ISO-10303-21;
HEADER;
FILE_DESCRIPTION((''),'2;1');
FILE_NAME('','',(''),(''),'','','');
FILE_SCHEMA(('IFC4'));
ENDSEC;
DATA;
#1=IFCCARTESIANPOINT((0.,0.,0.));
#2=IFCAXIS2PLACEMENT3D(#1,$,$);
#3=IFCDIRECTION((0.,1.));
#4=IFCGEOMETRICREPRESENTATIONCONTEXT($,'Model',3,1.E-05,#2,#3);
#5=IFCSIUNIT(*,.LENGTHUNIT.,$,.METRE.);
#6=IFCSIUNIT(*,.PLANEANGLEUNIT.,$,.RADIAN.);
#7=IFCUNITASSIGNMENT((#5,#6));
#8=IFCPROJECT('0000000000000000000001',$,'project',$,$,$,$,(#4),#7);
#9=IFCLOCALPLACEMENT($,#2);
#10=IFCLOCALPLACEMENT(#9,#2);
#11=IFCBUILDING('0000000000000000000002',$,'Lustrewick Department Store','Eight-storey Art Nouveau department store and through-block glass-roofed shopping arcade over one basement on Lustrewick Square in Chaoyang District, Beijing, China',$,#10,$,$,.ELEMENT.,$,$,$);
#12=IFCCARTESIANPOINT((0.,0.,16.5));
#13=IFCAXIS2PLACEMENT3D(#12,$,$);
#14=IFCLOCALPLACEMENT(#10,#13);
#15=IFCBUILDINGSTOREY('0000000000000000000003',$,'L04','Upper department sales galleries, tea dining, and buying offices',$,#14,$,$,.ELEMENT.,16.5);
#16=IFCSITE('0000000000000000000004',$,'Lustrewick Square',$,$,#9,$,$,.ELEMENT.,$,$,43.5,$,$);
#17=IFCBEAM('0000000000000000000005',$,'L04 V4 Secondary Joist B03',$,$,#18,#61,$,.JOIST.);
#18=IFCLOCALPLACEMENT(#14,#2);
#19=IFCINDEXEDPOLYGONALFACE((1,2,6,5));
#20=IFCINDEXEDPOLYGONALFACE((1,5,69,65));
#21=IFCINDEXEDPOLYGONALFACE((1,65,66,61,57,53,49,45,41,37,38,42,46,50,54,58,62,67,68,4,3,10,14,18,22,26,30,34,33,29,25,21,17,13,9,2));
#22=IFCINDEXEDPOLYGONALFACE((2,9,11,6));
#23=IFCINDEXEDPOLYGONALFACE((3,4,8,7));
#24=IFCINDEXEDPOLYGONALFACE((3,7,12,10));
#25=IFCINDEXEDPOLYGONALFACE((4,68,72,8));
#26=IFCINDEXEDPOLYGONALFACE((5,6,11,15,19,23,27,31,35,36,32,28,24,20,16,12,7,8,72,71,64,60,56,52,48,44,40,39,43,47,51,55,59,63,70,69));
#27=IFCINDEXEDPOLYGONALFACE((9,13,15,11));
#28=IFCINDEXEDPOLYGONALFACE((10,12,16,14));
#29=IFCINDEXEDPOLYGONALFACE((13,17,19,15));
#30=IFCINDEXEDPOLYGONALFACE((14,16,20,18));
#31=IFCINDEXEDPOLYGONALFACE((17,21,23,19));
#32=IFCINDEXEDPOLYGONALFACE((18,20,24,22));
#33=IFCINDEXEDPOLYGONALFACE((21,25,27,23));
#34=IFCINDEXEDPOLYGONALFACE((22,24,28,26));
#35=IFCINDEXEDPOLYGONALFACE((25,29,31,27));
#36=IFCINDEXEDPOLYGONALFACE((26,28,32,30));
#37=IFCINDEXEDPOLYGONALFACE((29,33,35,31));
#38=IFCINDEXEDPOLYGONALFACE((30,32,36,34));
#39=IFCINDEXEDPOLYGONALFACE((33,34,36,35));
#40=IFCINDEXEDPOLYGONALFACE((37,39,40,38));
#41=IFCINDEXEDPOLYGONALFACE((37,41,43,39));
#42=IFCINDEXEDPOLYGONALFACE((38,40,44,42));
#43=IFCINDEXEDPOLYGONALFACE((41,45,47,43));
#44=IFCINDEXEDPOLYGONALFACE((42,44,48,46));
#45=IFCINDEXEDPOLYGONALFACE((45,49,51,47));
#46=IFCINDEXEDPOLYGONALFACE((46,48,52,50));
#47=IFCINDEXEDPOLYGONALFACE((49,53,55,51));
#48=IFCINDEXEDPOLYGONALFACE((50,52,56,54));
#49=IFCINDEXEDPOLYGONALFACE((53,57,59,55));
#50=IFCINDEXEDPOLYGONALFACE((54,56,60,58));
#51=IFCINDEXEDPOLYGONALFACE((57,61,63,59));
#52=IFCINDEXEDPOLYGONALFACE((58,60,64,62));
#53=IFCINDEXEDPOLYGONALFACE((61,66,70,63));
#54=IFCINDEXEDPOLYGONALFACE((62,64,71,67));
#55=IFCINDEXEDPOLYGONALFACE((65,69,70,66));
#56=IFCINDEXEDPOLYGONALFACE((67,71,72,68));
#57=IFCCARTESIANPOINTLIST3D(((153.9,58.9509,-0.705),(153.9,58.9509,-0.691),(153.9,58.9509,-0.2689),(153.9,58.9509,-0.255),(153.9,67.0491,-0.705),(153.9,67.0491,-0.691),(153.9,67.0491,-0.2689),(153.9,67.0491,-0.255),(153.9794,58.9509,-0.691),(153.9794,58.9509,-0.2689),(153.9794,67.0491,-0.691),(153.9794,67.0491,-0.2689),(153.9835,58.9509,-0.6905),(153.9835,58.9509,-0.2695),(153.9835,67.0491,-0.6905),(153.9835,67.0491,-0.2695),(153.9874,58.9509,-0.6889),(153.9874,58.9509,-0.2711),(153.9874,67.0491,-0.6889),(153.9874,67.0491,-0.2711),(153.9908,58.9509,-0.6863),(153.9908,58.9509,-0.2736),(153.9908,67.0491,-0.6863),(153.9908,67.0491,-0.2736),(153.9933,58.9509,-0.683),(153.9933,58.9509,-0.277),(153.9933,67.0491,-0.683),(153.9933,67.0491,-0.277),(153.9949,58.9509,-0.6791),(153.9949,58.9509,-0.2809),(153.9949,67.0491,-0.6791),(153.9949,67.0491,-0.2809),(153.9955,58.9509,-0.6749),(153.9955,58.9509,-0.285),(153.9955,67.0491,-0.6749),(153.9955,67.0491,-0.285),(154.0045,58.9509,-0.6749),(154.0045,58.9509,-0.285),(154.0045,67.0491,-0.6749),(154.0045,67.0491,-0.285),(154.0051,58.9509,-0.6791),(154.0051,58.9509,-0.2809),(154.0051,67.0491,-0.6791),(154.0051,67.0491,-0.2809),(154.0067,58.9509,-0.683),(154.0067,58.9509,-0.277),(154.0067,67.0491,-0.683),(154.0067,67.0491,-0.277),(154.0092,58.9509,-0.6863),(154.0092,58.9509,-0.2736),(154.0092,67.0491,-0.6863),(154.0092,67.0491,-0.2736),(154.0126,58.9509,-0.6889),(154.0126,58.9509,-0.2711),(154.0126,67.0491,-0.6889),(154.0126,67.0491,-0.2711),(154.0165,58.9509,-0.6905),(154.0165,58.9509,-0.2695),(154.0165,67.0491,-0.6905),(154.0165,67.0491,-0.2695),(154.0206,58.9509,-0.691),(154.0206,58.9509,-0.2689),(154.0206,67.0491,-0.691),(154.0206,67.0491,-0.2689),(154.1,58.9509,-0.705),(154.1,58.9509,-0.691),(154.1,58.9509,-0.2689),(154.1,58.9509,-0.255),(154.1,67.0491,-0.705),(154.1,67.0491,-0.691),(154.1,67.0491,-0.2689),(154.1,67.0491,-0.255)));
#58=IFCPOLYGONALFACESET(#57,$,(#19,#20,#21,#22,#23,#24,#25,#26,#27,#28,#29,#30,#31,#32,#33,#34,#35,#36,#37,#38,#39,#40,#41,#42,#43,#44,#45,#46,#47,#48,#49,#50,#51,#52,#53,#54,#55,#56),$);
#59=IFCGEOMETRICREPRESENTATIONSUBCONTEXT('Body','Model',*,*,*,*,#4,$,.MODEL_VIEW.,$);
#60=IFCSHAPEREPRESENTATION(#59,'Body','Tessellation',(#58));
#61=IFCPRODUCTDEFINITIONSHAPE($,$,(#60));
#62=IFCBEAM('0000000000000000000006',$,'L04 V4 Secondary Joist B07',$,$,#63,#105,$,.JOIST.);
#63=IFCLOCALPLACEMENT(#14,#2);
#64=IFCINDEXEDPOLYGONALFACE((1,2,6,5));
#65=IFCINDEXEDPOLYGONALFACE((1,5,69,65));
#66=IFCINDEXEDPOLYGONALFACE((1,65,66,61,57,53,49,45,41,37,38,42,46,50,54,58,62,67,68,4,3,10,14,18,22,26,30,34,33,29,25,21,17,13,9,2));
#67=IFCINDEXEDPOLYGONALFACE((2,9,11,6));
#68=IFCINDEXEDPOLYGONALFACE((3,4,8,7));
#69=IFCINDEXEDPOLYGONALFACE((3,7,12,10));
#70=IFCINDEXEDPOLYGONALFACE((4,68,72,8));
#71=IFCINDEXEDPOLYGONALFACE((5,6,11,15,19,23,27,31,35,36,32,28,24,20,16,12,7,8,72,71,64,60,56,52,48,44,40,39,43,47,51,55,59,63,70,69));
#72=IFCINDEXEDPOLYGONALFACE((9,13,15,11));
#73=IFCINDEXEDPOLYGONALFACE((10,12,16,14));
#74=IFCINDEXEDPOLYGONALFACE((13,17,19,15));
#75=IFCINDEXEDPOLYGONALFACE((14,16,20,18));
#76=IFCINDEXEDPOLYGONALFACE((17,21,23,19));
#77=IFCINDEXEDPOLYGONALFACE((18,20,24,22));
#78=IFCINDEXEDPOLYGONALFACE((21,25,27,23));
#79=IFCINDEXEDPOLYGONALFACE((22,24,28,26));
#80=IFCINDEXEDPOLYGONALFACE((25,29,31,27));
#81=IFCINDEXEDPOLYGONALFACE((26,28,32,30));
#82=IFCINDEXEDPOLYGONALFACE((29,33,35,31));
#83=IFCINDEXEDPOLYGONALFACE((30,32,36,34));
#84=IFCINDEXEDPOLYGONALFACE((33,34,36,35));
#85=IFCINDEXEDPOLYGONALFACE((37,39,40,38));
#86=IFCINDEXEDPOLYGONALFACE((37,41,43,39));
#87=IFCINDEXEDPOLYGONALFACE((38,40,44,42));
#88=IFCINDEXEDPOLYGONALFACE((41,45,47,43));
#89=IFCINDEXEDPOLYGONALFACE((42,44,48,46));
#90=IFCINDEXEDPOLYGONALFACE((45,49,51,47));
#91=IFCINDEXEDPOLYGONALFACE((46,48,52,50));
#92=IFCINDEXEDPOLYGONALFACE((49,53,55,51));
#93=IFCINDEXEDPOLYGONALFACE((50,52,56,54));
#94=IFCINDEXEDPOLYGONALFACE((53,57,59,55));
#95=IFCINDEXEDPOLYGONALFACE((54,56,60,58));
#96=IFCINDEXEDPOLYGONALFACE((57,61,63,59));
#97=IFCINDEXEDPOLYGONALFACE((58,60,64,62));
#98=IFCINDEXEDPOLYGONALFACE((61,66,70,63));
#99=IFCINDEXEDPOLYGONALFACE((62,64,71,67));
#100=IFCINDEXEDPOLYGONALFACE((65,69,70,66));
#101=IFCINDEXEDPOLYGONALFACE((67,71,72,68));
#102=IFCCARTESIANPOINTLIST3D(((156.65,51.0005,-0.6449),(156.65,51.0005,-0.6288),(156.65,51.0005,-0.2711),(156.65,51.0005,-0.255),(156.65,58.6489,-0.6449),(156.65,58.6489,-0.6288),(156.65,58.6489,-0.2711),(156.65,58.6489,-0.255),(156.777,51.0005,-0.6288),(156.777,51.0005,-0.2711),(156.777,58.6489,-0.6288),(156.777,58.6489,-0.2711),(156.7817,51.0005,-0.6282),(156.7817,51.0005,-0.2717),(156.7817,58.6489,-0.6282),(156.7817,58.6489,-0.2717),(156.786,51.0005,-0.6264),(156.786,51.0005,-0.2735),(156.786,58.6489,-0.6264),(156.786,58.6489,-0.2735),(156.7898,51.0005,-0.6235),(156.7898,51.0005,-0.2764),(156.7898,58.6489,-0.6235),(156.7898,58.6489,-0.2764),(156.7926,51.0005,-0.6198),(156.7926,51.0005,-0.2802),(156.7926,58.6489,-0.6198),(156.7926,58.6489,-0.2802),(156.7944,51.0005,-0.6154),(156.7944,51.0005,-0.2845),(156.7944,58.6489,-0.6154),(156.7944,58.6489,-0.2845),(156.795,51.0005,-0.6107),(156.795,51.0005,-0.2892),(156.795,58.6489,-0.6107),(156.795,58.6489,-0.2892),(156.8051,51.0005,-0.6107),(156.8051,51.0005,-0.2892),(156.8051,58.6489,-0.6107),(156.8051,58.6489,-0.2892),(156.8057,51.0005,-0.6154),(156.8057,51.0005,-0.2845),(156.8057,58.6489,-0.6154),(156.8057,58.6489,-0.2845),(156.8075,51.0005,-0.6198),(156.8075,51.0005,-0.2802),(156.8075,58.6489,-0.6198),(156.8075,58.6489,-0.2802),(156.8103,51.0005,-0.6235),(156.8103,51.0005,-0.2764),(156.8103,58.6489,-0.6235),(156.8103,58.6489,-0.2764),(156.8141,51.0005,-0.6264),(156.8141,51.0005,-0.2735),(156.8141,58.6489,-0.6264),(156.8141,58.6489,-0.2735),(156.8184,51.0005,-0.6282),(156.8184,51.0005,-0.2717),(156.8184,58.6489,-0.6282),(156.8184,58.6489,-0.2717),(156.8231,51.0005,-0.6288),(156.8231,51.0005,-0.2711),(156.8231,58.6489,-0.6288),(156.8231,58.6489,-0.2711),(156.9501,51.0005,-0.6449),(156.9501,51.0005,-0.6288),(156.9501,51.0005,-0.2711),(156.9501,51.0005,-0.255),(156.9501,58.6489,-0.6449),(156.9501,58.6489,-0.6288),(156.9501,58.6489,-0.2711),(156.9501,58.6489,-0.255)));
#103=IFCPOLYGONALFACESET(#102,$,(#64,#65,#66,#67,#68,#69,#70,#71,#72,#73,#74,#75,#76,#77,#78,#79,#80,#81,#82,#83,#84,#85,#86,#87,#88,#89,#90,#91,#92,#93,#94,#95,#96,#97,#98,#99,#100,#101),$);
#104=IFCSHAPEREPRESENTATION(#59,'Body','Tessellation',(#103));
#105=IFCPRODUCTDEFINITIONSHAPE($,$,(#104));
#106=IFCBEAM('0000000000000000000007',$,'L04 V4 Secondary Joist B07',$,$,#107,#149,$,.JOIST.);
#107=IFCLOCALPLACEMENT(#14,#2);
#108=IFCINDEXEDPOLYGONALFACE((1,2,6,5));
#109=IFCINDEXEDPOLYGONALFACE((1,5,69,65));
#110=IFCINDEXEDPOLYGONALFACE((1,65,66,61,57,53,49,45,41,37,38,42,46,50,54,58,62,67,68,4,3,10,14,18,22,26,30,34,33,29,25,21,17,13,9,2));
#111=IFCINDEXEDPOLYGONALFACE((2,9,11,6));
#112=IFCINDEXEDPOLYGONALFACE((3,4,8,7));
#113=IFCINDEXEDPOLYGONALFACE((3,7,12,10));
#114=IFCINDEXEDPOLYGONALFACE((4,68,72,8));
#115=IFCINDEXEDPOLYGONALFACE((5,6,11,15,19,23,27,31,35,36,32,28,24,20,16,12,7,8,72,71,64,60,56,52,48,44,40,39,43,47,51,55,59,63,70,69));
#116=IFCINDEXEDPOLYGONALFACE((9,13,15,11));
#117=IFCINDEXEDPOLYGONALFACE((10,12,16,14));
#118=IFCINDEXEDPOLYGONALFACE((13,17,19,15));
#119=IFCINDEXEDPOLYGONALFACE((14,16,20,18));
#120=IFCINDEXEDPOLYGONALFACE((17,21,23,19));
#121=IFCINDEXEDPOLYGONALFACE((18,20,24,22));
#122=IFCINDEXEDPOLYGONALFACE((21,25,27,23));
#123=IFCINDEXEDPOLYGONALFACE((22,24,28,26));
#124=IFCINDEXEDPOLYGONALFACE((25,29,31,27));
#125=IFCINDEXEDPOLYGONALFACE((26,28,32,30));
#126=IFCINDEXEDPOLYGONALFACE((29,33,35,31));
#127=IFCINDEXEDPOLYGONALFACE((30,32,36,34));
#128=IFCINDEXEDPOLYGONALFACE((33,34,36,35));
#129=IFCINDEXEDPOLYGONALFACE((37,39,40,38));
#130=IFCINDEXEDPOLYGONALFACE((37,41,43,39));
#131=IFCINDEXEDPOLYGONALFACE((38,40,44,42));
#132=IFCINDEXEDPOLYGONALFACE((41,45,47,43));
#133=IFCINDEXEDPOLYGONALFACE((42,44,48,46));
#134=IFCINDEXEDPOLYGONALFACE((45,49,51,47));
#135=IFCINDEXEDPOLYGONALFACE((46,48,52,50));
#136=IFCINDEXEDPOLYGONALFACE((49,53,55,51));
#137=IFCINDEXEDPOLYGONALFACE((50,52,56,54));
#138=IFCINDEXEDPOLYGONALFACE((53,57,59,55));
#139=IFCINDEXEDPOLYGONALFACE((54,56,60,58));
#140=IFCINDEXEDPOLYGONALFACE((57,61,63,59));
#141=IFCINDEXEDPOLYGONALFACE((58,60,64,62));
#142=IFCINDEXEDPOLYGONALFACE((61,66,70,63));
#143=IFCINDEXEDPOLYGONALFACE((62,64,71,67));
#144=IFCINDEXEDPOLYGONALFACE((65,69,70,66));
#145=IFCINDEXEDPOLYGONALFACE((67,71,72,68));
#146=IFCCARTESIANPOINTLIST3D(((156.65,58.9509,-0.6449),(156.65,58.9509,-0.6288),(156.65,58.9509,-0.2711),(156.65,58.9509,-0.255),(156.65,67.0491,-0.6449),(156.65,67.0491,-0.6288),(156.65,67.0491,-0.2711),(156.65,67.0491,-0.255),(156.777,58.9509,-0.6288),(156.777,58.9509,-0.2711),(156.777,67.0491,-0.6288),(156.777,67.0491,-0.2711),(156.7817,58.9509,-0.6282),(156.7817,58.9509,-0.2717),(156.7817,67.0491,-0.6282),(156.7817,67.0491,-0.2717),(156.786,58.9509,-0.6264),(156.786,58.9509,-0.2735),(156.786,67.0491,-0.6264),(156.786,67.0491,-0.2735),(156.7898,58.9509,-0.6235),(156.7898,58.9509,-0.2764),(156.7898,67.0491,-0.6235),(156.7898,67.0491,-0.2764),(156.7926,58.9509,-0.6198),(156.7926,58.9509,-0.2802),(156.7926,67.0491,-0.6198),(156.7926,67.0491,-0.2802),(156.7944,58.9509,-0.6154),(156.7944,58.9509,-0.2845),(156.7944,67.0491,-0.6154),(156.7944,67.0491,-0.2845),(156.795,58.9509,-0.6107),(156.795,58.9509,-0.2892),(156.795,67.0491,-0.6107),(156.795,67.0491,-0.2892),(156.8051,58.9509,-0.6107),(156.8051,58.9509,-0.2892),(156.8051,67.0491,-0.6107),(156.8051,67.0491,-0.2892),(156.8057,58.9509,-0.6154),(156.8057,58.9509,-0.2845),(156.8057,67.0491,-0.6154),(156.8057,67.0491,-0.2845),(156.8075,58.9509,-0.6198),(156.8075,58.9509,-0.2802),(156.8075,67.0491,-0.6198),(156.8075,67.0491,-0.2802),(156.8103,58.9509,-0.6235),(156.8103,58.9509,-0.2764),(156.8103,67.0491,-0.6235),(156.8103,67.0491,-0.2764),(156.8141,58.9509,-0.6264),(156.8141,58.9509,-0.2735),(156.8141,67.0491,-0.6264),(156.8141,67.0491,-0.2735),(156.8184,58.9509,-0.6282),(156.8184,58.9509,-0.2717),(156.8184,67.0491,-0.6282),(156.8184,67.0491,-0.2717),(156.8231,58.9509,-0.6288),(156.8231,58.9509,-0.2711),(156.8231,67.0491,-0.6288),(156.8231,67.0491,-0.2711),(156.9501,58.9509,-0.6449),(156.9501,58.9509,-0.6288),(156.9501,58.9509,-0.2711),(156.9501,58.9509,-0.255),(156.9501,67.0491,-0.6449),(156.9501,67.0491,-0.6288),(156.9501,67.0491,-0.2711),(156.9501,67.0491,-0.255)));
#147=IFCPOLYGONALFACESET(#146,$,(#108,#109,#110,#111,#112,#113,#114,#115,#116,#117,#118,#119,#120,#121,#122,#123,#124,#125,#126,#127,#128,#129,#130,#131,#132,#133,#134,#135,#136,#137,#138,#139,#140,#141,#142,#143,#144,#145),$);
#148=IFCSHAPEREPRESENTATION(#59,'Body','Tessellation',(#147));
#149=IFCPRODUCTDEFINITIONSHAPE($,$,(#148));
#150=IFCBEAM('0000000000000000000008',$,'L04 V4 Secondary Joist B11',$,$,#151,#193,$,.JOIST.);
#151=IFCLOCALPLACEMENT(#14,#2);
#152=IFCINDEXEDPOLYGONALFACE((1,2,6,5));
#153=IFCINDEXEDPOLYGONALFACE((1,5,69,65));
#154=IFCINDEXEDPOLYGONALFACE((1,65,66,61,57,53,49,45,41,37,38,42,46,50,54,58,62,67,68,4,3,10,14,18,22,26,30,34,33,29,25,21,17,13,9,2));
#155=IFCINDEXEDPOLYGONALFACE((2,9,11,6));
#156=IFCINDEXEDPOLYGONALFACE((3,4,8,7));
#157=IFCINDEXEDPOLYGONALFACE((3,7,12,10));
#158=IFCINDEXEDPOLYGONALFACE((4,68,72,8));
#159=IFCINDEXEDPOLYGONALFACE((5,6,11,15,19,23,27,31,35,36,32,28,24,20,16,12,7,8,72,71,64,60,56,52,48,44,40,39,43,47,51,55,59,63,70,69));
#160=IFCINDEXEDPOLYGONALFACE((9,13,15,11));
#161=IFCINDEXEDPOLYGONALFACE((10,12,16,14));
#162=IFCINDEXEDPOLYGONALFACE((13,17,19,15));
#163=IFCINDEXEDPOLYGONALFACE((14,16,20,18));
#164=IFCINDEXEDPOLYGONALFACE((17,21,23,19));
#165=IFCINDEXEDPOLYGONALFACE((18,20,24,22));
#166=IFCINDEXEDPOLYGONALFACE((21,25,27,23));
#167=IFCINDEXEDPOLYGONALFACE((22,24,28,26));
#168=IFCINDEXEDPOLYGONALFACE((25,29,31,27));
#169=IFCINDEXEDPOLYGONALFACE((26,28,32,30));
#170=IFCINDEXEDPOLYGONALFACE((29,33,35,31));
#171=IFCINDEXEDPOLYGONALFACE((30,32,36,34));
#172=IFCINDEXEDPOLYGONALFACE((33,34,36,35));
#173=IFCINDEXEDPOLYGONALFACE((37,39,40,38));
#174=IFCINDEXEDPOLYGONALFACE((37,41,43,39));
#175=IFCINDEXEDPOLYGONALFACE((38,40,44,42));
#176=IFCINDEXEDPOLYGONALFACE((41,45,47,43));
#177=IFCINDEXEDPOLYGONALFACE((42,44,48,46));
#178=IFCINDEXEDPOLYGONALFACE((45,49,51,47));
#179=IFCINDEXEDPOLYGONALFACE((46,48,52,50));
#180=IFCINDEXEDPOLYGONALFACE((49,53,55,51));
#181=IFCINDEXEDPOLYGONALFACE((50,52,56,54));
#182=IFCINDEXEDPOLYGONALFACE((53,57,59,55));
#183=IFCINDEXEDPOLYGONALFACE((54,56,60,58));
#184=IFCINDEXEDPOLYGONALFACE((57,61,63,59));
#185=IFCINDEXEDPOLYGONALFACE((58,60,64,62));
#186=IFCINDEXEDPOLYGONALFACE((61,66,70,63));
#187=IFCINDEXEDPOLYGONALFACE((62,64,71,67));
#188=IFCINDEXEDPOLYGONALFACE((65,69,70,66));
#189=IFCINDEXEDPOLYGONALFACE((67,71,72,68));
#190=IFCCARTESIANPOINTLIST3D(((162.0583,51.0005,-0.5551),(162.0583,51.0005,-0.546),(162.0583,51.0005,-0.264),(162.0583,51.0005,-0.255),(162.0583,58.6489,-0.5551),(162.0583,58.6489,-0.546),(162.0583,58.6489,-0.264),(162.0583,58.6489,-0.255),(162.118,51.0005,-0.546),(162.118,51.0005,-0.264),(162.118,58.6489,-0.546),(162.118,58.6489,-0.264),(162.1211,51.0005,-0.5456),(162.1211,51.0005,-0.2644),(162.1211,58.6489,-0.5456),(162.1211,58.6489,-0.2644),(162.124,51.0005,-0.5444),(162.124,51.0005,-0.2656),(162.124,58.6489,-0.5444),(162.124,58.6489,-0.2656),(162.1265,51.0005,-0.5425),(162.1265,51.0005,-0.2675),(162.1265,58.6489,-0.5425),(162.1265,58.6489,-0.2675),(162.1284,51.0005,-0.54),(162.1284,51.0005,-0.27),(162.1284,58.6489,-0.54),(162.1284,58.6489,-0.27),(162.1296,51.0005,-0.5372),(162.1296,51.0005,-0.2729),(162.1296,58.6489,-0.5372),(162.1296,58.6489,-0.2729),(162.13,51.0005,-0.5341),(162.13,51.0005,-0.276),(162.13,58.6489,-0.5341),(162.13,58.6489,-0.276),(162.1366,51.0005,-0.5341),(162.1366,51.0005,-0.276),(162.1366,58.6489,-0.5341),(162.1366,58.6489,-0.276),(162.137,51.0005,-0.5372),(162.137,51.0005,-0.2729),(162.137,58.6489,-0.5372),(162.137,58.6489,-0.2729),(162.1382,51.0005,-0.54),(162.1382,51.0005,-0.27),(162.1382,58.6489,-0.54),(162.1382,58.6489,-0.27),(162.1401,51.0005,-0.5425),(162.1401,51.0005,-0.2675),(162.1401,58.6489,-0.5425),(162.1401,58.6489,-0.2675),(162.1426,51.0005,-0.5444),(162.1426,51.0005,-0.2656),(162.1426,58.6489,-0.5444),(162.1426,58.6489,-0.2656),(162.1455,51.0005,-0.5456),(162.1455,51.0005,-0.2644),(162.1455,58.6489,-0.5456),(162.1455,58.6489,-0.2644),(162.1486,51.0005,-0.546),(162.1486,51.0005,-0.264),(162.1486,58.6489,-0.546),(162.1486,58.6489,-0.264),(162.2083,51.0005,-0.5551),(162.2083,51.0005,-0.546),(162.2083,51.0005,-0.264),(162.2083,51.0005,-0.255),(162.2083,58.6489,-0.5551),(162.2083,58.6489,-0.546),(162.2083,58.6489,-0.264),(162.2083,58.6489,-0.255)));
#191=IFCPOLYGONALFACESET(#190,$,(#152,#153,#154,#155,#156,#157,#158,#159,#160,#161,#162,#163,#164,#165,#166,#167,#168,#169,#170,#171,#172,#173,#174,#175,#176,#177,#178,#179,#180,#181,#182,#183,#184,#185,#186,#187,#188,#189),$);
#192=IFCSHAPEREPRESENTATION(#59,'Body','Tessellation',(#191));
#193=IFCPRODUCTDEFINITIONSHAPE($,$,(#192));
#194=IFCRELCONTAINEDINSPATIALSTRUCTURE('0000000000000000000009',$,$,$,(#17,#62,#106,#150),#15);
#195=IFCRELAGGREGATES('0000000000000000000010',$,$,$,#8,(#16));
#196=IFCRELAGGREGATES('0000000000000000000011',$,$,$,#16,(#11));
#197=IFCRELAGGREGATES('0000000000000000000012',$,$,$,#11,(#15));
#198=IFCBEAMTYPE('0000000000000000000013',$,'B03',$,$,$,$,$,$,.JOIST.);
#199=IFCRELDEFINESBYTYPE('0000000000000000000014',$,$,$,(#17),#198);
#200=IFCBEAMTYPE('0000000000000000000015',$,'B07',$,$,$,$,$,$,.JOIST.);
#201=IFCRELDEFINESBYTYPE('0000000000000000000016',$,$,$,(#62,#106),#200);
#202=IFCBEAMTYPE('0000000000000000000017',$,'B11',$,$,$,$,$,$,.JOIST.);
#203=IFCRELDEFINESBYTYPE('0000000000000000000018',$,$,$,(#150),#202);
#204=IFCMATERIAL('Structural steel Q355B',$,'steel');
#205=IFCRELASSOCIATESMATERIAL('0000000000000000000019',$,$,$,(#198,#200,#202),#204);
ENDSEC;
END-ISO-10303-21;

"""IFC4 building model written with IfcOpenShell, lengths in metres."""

from ifc_helpers import new_model, si_unit, direction, frame, origin, origin_2d, place, context, subcontext, project, spatial, i_section, extrude, material, material_profile, profile_set, type_object, element, save


model = new_model("IFC4")

# Units and contexts
model_context = context("Model", 3, precision=1e-05, world=origin(), true_north=direction((0.0, 1.0)))
body_context = subcontext(model_context, "Body", "Model", "MODEL_VIEW")
ifc_project = project(units=[si_unit("LENGTHUNIT", "METRE"), si_unit("PLANEANGLEUNIT", "RADIAN")], contexts=[model_context])

# Site, building, storey
site_placement = place(None, origin())
site = spatial("IfcSite", under=ifc_project, at=site_placement, Name="Lustrewick Square", CompositionType="ELEMENT", RefElevation=43.5)
building_placement = place(site_placement, origin())
building = spatial("IfcBuilding", under=site, at=building_placement, Name="Lustrewick Department Store", Description="Eight-storey Art Nouveau department store and through-block glass-roofed shopping arcade over one basement on Lustrewick Square in Chaoyang District, Beijing, China", CompositionType="ELEMENT")
storey_placement = place(building_placement, frame((0.0, 0.0, 16.5)))
storey = spatial("IfcBuildingStorey", under=building, at=storey_placement, Name="L04", Description="Upper department sales galleries, tea dining, and buying offices", CompositionType="ELEMENT", Elevation=16.5)

# Beams
ifc_material_1 = material(Name="Structural steel Q355B", Category="steel")
ifc_material_profile_1 = material_profile(ifc_material_1, i_section(OverallWidth=0.2, OverallDepth=0.45, WebThickness=0.009, FlangeThickness=0.0139, FilletRadius=0.0161, at=origin_2d()), Name="HN 450x200x9x14")
ifc_profile_set_1 = profile_set([ifc_material_profile_1], Name="Structural steel Q355B")
beam_type_1 = type_object("IfcBeamType", Name="B03", PredefinedType="JOIST", material=ifc_profile_set_1)
beam_1_placement = place(storey_placement, frame((154.0, 58.9509, -0.48), z_axis=(0.0, 1.0, 0.0), x_axis=(-1.0, 0.0, 0.0)))
element("IfcBeam", 1, at=beam_1_placement, inside=storey, type_object=beam_type_1, Name="L04 V4 Secondary Joist B03", PredefinedType="JOIST", context=body_context, shape_type="SweptSolid", body=[
    extrude(i_section(OverallWidth=0.2, OverallDepth=0.45, WebThickness=0.009, FlangeThickness=0.0139, FilletRadius=0.0161, at=origin_2d()), origin(), (0.0, 0.0, 1.0), 8.0981),
])
ifc_material_profile_2 = material_profile(ifc_material_1, i_section(OverallWidth=0.3, OverallDepth=0.3899, WebThickness=0.01, FlangeThickness=0.0161, FilletRadius=0.0181, at=origin_2d()), Name="HM 390x300x10x16")
ifc_profile_set_2 = profile_set([ifc_material_profile_2], Name="Structural steel Q355B")
beam_type_2 = type_object("IfcBeamType", Name="B07", PredefinedType="JOIST", material=ifc_profile_set_2)
beam_2_placement = place(storey_placement, frame((156.8, 51.0005, -0.45), z_axis=(0.0, 1.0, 0.0), x_axis=(-1.0, 0.0, 0.0)))
element("IfcBeam", 2, at=beam_2_placement, inside=storey, type_object=beam_type_2, Name="L04 V4 Secondary Joist B07", PredefinedType="JOIST", context=body_context, shape_type="SweptSolid", body=[
    extrude(i_section(OverallWidth=0.3, OverallDepth=0.3899, WebThickness=0.01, FlangeThickness=0.0161, FilletRadius=0.0181, at=origin_2d()), origin(), (0.0, 0.0, 1.0), 7.6484),
])
beam_3_placement = place(storey_placement, frame((156.8, 58.9509, -0.45), z_axis=(0.0, 1.0, 0.0), x_axis=(-1.0, 0.0, 0.0)))
element("IfcBeam", 3, at=beam_3_placement, inside=storey, type_object=beam_type_2, Name="L04 V4 Secondary Joist B07", PredefinedType="JOIST", context=body_context, shape_type="SweptSolid", body=[
    extrude(i_section(OverallWidth=0.3, OverallDepth=0.3899, WebThickness=0.01, FlangeThickness=0.0161, FilletRadius=0.0181, at=origin_2d()), origin(), (0.0, 0.0, 1.0), 8.0981),
])
ifc_material_profile_3 = material_profile(ifc_material_1, i_section(OverallWidth=0.1499, OverallDepth=0.3, WebThickness=0.0066, FlangeThickness=0.009, FilletRadius=0.012, at=origin_2d()), Name="HN 300x150x6.5x9")
ifc_profile_set_3 = profile_set([ifc_material_profile_3], Name="Structural steel Q355B")
beam_type_3 = type_object("IfcBeamType", Name="B11", PredefinedType="JOIST", material=ifc_profile_set_3)
beam_4_placement = place(storey_placement, frame((162.1333, 51.0005, -0.405), z_axis=(0.0, 1.0, 0.0), x_axis=(-1.0, 0.0, 0.0)))
element("IfcBeam", 4, at=beam_4_placement, inside=storey, type_object=beam_type_3, Name="L04 V4 Secondary Joist B11", PredefinedType="JOIST", context=body_context, shape_type="SweptSolid", body=[
    extrude(i_section(OverallWidth=0.1499, OverallDepth=0.3, WebThickness=0.0066, FlangeThickness=0.009, FilletRadius=0.012, at=origin_2d()), origin(), (0.0, 0.0, 1.0), 7.6484),
])

save(model, "model.ifc")
